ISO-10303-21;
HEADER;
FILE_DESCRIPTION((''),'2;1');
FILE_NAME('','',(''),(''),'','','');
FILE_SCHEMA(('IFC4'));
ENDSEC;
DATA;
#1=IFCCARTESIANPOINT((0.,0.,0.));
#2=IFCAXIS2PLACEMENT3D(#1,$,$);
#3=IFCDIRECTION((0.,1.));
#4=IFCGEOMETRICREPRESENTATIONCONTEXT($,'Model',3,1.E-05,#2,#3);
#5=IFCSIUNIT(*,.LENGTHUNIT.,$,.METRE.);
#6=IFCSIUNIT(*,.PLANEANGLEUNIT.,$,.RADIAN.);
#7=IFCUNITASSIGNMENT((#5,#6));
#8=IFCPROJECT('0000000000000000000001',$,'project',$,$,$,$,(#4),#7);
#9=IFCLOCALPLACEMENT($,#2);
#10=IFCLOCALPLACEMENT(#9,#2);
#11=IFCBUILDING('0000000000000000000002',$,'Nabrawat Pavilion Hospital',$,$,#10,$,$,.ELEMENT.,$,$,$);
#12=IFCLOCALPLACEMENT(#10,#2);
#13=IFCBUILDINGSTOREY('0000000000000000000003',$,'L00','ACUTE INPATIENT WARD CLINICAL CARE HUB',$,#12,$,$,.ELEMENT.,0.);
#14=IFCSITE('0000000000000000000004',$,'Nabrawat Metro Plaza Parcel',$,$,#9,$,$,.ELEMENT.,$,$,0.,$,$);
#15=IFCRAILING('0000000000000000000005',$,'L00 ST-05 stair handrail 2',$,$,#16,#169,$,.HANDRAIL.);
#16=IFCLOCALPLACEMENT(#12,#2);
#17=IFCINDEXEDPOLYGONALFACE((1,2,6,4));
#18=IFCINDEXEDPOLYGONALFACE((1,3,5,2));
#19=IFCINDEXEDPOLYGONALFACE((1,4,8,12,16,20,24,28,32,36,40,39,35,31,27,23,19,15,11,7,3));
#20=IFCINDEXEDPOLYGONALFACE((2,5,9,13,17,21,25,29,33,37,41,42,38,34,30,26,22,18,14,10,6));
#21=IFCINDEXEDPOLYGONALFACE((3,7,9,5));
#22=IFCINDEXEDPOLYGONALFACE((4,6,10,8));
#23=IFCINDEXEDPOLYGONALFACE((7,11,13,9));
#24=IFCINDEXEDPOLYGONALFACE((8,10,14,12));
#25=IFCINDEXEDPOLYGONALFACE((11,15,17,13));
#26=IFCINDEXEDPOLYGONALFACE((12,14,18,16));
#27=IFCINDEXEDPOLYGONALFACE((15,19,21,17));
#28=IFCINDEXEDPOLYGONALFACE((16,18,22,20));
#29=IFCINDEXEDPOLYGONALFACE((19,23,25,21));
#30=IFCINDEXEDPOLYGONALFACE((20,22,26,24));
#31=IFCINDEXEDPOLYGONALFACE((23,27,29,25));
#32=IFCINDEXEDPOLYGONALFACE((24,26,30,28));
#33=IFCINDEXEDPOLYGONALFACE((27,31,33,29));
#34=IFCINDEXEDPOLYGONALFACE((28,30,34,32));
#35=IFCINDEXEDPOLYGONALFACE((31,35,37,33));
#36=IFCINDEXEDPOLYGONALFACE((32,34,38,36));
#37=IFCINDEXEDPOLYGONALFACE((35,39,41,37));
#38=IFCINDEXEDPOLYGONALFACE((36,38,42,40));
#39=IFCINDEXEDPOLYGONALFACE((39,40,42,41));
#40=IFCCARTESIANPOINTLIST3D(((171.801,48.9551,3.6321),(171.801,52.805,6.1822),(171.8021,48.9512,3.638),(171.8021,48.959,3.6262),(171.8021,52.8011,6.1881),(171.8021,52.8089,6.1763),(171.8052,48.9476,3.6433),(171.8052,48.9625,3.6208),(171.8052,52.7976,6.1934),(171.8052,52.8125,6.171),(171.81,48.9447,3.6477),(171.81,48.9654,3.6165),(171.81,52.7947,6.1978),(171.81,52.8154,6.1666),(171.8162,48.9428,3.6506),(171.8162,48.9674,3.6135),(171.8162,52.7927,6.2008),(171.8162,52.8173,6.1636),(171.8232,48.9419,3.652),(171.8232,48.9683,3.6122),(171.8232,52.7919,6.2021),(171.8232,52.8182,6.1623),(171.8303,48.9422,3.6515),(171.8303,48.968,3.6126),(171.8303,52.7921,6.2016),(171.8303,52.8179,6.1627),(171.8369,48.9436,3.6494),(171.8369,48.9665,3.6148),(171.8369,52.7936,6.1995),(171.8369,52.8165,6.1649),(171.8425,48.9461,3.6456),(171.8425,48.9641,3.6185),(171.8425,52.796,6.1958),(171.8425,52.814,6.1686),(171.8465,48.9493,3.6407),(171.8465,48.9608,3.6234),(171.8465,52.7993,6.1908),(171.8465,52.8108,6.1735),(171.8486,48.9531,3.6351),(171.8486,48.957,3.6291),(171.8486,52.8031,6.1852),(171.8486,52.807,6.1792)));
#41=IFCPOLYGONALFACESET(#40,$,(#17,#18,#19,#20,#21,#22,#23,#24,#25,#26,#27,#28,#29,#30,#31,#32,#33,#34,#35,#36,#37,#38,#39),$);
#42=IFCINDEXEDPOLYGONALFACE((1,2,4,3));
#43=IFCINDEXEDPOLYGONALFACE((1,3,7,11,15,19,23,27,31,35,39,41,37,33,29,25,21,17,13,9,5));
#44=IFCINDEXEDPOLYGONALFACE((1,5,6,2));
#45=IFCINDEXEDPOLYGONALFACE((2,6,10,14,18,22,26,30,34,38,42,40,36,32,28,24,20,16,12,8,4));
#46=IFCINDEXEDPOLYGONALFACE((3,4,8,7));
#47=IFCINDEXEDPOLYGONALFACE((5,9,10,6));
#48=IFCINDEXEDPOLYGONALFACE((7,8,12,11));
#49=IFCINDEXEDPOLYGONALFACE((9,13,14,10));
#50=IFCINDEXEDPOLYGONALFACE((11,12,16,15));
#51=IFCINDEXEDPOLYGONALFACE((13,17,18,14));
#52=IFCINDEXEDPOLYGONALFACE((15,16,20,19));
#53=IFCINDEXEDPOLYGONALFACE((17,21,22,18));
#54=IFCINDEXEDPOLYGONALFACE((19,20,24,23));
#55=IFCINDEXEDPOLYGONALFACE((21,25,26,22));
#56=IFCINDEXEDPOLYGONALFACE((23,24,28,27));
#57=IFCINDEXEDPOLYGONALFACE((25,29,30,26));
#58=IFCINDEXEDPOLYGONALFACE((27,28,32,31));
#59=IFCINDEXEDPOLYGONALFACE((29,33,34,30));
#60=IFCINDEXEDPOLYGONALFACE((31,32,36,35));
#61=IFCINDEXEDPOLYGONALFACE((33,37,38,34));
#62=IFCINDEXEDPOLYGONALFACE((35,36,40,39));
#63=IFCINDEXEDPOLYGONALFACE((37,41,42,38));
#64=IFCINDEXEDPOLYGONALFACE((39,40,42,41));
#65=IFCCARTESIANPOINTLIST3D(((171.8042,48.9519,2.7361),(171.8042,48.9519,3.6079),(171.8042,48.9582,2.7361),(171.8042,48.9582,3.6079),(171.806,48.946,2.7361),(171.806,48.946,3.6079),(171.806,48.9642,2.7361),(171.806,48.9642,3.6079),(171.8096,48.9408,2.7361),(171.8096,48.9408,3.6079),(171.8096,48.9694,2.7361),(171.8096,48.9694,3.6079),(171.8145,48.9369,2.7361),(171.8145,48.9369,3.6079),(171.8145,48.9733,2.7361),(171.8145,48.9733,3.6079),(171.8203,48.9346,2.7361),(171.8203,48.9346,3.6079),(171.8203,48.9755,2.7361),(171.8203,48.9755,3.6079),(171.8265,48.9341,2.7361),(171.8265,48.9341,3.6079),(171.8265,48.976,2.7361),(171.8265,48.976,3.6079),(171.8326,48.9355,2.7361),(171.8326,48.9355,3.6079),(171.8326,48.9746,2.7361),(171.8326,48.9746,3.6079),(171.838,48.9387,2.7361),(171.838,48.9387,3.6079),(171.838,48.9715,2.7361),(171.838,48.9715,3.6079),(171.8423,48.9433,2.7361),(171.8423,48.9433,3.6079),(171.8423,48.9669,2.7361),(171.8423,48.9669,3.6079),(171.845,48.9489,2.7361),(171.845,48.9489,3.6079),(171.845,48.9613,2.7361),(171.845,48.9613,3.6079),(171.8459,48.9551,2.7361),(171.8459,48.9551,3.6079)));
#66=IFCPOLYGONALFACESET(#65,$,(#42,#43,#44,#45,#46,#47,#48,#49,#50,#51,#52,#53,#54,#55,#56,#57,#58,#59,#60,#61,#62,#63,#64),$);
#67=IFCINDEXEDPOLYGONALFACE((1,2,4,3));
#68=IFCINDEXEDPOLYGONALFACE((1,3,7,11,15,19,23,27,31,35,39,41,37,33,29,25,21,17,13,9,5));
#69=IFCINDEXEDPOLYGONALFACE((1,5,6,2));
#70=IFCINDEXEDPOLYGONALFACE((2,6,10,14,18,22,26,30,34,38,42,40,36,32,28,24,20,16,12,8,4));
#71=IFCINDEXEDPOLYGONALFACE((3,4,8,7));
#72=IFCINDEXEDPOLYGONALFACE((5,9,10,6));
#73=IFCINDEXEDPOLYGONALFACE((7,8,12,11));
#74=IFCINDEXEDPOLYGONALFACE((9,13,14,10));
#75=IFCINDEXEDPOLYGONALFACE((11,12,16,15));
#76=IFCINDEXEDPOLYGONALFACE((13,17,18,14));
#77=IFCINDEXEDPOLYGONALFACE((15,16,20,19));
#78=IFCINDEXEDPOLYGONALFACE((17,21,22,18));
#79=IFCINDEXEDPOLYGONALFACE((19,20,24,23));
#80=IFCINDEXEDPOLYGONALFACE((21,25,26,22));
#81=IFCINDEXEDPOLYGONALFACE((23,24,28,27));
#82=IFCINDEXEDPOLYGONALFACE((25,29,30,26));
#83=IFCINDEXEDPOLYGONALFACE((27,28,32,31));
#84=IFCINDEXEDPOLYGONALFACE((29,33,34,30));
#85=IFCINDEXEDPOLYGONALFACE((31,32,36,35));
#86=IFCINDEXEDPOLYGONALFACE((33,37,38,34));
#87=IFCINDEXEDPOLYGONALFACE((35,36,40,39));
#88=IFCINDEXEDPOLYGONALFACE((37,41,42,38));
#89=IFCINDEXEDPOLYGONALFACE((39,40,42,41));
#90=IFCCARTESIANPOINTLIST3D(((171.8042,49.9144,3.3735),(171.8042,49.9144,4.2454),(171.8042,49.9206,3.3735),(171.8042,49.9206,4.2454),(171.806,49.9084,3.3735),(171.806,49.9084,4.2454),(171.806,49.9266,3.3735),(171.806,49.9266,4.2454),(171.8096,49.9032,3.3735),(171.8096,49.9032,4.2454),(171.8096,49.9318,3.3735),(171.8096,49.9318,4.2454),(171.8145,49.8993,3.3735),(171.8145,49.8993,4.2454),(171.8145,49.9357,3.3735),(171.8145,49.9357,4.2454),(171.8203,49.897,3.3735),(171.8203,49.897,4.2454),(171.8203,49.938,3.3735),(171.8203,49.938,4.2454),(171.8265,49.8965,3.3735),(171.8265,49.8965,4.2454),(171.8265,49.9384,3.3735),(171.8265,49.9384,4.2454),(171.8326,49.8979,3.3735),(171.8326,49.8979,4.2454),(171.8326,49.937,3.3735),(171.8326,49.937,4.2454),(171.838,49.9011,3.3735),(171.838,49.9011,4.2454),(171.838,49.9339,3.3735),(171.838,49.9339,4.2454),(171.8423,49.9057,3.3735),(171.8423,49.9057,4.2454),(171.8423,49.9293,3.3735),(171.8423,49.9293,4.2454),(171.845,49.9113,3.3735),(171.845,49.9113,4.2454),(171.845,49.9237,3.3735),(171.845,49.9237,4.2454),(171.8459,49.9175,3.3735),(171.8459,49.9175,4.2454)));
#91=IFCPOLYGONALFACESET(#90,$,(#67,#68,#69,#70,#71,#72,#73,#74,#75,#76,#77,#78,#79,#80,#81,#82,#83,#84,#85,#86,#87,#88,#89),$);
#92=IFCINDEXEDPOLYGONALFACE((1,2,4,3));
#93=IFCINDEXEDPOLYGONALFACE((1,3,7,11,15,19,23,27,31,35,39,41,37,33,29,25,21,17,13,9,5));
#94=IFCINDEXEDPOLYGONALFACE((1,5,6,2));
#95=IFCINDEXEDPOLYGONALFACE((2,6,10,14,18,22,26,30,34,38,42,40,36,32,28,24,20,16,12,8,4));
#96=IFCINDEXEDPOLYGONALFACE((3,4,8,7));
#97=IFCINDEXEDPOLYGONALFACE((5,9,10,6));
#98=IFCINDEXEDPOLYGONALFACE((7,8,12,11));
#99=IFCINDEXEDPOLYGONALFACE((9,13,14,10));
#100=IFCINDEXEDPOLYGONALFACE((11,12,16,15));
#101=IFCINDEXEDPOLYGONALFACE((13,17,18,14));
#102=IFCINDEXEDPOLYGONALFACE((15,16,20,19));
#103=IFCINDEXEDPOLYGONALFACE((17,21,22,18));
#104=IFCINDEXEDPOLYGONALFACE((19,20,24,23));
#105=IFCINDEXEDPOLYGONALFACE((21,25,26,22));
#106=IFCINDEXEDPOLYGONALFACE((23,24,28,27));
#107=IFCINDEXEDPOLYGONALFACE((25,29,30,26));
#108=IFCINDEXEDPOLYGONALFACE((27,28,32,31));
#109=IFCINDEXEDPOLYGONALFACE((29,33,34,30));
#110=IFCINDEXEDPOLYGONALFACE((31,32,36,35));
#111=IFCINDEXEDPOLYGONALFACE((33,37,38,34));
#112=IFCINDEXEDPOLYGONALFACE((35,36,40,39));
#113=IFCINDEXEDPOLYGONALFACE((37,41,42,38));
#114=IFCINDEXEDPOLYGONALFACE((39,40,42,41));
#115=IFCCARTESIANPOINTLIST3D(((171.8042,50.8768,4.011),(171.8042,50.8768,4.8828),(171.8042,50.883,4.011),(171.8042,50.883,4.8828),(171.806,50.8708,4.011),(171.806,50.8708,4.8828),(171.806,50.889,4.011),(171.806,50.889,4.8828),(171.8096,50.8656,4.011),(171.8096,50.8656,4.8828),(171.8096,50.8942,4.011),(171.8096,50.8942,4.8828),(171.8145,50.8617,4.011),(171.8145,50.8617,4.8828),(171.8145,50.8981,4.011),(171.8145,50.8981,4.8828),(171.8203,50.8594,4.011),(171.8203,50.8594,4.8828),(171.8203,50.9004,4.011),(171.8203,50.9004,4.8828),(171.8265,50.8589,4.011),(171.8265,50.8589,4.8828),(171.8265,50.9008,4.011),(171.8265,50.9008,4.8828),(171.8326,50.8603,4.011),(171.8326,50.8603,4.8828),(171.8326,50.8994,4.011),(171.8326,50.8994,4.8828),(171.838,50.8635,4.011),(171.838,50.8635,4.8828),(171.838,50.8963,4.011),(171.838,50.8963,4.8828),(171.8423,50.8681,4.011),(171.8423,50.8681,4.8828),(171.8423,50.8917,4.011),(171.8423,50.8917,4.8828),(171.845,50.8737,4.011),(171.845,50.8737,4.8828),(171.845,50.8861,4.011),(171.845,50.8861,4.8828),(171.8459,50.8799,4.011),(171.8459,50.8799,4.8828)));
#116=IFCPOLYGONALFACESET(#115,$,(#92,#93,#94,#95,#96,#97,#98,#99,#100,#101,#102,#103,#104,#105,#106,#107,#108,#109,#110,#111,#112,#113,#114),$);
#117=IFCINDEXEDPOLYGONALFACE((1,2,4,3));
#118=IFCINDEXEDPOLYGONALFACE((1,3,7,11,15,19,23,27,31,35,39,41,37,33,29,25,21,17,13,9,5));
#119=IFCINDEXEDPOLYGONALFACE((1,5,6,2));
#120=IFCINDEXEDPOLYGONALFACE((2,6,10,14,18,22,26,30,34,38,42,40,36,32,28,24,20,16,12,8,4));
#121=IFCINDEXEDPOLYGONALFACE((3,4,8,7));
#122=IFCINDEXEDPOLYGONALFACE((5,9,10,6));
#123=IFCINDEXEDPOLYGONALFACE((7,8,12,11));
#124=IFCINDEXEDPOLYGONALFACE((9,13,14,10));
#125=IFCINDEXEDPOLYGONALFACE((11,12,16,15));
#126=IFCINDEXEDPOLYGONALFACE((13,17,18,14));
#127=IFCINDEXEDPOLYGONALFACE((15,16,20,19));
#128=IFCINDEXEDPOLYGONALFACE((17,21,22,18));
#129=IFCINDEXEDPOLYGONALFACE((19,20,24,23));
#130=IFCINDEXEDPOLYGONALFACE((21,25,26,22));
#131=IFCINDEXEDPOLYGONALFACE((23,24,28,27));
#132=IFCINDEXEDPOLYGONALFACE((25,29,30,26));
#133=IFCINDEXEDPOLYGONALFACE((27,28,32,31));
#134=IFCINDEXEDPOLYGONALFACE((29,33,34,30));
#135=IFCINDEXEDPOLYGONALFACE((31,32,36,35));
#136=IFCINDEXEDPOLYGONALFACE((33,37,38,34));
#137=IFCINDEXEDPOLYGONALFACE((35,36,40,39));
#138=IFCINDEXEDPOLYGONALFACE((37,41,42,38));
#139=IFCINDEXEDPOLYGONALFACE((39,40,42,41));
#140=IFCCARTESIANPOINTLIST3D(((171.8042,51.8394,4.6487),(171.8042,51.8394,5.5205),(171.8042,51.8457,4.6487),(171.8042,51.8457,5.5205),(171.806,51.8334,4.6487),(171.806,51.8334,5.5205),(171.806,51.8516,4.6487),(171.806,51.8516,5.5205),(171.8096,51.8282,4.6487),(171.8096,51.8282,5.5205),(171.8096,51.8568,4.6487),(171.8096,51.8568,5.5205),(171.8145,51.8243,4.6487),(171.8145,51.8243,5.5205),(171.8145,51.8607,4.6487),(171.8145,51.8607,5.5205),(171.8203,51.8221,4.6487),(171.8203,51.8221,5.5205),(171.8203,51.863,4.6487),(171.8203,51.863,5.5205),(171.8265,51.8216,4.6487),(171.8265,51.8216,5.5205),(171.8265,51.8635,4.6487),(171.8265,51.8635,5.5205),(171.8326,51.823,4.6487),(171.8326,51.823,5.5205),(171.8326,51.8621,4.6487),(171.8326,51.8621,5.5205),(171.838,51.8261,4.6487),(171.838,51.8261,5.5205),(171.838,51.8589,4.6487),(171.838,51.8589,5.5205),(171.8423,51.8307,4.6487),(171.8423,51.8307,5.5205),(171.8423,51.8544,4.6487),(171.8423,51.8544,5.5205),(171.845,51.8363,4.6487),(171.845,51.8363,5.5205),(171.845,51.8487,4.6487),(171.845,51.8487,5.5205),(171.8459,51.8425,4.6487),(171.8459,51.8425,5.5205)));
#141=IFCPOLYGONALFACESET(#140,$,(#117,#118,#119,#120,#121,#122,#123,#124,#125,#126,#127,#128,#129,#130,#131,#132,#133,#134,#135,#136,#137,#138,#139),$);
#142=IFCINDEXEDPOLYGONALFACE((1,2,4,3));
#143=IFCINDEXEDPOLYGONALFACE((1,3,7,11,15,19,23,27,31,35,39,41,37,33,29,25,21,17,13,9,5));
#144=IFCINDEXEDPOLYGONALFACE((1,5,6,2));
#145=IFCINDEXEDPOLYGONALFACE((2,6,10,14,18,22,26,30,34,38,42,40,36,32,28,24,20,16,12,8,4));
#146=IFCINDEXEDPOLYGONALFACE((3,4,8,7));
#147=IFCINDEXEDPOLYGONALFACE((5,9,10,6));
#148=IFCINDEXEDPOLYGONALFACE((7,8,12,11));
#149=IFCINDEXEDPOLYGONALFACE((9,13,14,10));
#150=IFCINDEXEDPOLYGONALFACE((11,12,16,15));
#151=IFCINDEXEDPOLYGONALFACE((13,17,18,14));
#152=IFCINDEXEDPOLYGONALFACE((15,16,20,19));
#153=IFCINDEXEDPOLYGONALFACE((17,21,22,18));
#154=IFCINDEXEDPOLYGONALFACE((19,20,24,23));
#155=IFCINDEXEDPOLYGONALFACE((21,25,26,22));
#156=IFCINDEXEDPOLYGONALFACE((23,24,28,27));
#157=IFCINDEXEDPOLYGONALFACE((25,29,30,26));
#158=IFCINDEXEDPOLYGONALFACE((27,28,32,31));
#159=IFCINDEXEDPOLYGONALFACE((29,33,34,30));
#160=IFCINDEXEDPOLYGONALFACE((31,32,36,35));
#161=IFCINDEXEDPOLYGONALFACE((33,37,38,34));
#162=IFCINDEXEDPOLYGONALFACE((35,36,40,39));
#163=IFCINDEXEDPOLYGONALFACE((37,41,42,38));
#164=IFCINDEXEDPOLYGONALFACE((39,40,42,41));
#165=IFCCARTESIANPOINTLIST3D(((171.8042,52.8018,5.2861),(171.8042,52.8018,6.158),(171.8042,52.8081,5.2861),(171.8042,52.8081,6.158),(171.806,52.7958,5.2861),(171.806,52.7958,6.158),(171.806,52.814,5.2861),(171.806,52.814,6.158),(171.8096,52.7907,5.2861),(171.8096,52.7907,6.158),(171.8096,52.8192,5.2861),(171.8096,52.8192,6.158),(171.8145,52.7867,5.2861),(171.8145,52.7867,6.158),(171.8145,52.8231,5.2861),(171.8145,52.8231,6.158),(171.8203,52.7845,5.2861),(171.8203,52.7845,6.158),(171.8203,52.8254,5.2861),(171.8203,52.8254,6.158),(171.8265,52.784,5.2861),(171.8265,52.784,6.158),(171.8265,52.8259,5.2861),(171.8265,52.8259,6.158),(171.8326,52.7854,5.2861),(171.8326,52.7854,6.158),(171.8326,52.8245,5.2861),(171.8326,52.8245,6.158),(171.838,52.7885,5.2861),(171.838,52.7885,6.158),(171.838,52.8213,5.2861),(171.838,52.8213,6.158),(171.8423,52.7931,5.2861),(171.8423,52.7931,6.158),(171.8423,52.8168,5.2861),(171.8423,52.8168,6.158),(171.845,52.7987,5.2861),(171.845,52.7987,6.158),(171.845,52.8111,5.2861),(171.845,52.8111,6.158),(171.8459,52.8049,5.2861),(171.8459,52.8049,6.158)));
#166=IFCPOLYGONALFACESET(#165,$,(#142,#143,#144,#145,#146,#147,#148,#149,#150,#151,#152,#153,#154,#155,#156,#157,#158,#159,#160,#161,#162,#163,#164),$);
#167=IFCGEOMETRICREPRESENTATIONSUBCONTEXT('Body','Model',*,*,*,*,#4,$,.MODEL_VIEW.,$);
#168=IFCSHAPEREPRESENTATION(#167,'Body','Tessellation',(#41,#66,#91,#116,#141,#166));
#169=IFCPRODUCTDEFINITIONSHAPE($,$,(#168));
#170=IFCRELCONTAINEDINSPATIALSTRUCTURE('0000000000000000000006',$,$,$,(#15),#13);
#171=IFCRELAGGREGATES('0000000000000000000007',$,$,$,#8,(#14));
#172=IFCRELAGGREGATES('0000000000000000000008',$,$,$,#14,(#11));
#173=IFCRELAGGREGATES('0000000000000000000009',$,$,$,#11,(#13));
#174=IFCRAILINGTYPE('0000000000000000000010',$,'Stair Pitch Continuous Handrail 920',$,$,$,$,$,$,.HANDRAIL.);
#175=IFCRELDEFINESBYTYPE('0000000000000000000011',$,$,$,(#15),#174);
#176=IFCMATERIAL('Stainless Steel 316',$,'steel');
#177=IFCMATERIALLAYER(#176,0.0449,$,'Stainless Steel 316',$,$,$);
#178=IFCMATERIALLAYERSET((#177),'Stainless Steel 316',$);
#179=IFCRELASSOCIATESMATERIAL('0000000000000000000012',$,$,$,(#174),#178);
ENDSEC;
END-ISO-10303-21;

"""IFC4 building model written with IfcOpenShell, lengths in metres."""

from ifc_helpers import new_model, si_unit, direction, frame, origin, origin_2d, place, context, subcontext, project, spatial, circle, extrude, material, layer, layer_set, type_object, element, save


model = new_model("IFC4")

# Units and contexts
model_context = context("Model", 3, precision=1e-05, world=origin(), true_north=direction((0.0, 1.0)))
body_context = subcontext(model_context, "Body", "Model", "MODEL_VIEW")
ifc_project = project(units=[si_unit("LENGTHUNIT", "METRE"), si_unit("PLANEANGLEUNIT", "RADIAN")], contexts=[model_context])

# Site, building, storey
site_placement = place(None, origin())
site = spatial("IfcSite", under=ifc_project, at=site_placement, Name="Nabrawat Metro Plaza Parcel", CompositionType="ELEMENT", RefElevation=0.0)
building_placement = place(site_placement, origin())
building = spatial("IfcBuilding", under=site, at=building_placement, Name="Nabrawat Pavilion Hospital", CompositionType="ELEMENT")
storey_placement = place(building_placement, origin())
storey = spatial("IfcBuildingStorey", under=building, at=storey_placement, Name="L00", Description="ACUTE INPATIENT WARD CLINICAL CARE HUB", CompositionType="ELEMENT", Elevation=0.0)

# Railing
ifc_material_1 = material(Name="Stainless Steel 316", Category="steel")
ifc_layer_1 = layer(ifc_material_1, 0.0449, Name="Stainless Steel 316")
ifc_layer_set_1 = layer_set([ifc_layer_1], Name="Stainless Steel 316")
railing_type_1 = type_object("IfcRailingType", Name="Stair Pitch Continuous Handrail 920", PredefinedType="HANDRAIL", material=ifc_layer_set_1)
railing_1_placement = place(storey_placement, frame((171.825, 48.9551, 2.7361)))
element("IfcRailing", 1, at=railing_1_placement, inside=storey, type_object=railing_type_1, Name="L00 ST-05 stair handrail 2", PredefinedType="HANDRAIL", context=body_context, shape_type="SweptSolid", body=[
    extrude(circle(Radius=0.0239, at=origin_2d()), frame((0.0, 0.0, 0.896), z_axis=(0.0, 0.833698, 0.552221), x_axis=(-1.0, 0.0, 0.0)), (0.0, 0.0, 1.0), 4.6179),
    extrude(circle(Radius=0.021, at=origin_2d()), origin(), (0.0, 0.0, 1.0), 0.8718),
    extrude(circle(Radius=0.021, at=origin_2d()), frame((0.0, 0.9624, 0.6375)), (0.0, 0.0, 1.0), 0.8718),
    extrude(circle(Radius=0.021, at=origin_2d()), frame((0.0, 1.9248, 1.2749)), (0.0, 0.0, 1.0), 0.8718),
    extrude(circle(Radius=0.021, at=origin_2d()), frame((0.0, 2.8875, 1.9126)), (0.0, 0.0, 1.0), 0.8718),
    extrude(circle(Radius=0.021, at=origin_2d()), frame((0.0, 3.8499, 2.55)), (0.0, 0.0, 1.0), 0.8718),
])

save(model, "model.ifc")
